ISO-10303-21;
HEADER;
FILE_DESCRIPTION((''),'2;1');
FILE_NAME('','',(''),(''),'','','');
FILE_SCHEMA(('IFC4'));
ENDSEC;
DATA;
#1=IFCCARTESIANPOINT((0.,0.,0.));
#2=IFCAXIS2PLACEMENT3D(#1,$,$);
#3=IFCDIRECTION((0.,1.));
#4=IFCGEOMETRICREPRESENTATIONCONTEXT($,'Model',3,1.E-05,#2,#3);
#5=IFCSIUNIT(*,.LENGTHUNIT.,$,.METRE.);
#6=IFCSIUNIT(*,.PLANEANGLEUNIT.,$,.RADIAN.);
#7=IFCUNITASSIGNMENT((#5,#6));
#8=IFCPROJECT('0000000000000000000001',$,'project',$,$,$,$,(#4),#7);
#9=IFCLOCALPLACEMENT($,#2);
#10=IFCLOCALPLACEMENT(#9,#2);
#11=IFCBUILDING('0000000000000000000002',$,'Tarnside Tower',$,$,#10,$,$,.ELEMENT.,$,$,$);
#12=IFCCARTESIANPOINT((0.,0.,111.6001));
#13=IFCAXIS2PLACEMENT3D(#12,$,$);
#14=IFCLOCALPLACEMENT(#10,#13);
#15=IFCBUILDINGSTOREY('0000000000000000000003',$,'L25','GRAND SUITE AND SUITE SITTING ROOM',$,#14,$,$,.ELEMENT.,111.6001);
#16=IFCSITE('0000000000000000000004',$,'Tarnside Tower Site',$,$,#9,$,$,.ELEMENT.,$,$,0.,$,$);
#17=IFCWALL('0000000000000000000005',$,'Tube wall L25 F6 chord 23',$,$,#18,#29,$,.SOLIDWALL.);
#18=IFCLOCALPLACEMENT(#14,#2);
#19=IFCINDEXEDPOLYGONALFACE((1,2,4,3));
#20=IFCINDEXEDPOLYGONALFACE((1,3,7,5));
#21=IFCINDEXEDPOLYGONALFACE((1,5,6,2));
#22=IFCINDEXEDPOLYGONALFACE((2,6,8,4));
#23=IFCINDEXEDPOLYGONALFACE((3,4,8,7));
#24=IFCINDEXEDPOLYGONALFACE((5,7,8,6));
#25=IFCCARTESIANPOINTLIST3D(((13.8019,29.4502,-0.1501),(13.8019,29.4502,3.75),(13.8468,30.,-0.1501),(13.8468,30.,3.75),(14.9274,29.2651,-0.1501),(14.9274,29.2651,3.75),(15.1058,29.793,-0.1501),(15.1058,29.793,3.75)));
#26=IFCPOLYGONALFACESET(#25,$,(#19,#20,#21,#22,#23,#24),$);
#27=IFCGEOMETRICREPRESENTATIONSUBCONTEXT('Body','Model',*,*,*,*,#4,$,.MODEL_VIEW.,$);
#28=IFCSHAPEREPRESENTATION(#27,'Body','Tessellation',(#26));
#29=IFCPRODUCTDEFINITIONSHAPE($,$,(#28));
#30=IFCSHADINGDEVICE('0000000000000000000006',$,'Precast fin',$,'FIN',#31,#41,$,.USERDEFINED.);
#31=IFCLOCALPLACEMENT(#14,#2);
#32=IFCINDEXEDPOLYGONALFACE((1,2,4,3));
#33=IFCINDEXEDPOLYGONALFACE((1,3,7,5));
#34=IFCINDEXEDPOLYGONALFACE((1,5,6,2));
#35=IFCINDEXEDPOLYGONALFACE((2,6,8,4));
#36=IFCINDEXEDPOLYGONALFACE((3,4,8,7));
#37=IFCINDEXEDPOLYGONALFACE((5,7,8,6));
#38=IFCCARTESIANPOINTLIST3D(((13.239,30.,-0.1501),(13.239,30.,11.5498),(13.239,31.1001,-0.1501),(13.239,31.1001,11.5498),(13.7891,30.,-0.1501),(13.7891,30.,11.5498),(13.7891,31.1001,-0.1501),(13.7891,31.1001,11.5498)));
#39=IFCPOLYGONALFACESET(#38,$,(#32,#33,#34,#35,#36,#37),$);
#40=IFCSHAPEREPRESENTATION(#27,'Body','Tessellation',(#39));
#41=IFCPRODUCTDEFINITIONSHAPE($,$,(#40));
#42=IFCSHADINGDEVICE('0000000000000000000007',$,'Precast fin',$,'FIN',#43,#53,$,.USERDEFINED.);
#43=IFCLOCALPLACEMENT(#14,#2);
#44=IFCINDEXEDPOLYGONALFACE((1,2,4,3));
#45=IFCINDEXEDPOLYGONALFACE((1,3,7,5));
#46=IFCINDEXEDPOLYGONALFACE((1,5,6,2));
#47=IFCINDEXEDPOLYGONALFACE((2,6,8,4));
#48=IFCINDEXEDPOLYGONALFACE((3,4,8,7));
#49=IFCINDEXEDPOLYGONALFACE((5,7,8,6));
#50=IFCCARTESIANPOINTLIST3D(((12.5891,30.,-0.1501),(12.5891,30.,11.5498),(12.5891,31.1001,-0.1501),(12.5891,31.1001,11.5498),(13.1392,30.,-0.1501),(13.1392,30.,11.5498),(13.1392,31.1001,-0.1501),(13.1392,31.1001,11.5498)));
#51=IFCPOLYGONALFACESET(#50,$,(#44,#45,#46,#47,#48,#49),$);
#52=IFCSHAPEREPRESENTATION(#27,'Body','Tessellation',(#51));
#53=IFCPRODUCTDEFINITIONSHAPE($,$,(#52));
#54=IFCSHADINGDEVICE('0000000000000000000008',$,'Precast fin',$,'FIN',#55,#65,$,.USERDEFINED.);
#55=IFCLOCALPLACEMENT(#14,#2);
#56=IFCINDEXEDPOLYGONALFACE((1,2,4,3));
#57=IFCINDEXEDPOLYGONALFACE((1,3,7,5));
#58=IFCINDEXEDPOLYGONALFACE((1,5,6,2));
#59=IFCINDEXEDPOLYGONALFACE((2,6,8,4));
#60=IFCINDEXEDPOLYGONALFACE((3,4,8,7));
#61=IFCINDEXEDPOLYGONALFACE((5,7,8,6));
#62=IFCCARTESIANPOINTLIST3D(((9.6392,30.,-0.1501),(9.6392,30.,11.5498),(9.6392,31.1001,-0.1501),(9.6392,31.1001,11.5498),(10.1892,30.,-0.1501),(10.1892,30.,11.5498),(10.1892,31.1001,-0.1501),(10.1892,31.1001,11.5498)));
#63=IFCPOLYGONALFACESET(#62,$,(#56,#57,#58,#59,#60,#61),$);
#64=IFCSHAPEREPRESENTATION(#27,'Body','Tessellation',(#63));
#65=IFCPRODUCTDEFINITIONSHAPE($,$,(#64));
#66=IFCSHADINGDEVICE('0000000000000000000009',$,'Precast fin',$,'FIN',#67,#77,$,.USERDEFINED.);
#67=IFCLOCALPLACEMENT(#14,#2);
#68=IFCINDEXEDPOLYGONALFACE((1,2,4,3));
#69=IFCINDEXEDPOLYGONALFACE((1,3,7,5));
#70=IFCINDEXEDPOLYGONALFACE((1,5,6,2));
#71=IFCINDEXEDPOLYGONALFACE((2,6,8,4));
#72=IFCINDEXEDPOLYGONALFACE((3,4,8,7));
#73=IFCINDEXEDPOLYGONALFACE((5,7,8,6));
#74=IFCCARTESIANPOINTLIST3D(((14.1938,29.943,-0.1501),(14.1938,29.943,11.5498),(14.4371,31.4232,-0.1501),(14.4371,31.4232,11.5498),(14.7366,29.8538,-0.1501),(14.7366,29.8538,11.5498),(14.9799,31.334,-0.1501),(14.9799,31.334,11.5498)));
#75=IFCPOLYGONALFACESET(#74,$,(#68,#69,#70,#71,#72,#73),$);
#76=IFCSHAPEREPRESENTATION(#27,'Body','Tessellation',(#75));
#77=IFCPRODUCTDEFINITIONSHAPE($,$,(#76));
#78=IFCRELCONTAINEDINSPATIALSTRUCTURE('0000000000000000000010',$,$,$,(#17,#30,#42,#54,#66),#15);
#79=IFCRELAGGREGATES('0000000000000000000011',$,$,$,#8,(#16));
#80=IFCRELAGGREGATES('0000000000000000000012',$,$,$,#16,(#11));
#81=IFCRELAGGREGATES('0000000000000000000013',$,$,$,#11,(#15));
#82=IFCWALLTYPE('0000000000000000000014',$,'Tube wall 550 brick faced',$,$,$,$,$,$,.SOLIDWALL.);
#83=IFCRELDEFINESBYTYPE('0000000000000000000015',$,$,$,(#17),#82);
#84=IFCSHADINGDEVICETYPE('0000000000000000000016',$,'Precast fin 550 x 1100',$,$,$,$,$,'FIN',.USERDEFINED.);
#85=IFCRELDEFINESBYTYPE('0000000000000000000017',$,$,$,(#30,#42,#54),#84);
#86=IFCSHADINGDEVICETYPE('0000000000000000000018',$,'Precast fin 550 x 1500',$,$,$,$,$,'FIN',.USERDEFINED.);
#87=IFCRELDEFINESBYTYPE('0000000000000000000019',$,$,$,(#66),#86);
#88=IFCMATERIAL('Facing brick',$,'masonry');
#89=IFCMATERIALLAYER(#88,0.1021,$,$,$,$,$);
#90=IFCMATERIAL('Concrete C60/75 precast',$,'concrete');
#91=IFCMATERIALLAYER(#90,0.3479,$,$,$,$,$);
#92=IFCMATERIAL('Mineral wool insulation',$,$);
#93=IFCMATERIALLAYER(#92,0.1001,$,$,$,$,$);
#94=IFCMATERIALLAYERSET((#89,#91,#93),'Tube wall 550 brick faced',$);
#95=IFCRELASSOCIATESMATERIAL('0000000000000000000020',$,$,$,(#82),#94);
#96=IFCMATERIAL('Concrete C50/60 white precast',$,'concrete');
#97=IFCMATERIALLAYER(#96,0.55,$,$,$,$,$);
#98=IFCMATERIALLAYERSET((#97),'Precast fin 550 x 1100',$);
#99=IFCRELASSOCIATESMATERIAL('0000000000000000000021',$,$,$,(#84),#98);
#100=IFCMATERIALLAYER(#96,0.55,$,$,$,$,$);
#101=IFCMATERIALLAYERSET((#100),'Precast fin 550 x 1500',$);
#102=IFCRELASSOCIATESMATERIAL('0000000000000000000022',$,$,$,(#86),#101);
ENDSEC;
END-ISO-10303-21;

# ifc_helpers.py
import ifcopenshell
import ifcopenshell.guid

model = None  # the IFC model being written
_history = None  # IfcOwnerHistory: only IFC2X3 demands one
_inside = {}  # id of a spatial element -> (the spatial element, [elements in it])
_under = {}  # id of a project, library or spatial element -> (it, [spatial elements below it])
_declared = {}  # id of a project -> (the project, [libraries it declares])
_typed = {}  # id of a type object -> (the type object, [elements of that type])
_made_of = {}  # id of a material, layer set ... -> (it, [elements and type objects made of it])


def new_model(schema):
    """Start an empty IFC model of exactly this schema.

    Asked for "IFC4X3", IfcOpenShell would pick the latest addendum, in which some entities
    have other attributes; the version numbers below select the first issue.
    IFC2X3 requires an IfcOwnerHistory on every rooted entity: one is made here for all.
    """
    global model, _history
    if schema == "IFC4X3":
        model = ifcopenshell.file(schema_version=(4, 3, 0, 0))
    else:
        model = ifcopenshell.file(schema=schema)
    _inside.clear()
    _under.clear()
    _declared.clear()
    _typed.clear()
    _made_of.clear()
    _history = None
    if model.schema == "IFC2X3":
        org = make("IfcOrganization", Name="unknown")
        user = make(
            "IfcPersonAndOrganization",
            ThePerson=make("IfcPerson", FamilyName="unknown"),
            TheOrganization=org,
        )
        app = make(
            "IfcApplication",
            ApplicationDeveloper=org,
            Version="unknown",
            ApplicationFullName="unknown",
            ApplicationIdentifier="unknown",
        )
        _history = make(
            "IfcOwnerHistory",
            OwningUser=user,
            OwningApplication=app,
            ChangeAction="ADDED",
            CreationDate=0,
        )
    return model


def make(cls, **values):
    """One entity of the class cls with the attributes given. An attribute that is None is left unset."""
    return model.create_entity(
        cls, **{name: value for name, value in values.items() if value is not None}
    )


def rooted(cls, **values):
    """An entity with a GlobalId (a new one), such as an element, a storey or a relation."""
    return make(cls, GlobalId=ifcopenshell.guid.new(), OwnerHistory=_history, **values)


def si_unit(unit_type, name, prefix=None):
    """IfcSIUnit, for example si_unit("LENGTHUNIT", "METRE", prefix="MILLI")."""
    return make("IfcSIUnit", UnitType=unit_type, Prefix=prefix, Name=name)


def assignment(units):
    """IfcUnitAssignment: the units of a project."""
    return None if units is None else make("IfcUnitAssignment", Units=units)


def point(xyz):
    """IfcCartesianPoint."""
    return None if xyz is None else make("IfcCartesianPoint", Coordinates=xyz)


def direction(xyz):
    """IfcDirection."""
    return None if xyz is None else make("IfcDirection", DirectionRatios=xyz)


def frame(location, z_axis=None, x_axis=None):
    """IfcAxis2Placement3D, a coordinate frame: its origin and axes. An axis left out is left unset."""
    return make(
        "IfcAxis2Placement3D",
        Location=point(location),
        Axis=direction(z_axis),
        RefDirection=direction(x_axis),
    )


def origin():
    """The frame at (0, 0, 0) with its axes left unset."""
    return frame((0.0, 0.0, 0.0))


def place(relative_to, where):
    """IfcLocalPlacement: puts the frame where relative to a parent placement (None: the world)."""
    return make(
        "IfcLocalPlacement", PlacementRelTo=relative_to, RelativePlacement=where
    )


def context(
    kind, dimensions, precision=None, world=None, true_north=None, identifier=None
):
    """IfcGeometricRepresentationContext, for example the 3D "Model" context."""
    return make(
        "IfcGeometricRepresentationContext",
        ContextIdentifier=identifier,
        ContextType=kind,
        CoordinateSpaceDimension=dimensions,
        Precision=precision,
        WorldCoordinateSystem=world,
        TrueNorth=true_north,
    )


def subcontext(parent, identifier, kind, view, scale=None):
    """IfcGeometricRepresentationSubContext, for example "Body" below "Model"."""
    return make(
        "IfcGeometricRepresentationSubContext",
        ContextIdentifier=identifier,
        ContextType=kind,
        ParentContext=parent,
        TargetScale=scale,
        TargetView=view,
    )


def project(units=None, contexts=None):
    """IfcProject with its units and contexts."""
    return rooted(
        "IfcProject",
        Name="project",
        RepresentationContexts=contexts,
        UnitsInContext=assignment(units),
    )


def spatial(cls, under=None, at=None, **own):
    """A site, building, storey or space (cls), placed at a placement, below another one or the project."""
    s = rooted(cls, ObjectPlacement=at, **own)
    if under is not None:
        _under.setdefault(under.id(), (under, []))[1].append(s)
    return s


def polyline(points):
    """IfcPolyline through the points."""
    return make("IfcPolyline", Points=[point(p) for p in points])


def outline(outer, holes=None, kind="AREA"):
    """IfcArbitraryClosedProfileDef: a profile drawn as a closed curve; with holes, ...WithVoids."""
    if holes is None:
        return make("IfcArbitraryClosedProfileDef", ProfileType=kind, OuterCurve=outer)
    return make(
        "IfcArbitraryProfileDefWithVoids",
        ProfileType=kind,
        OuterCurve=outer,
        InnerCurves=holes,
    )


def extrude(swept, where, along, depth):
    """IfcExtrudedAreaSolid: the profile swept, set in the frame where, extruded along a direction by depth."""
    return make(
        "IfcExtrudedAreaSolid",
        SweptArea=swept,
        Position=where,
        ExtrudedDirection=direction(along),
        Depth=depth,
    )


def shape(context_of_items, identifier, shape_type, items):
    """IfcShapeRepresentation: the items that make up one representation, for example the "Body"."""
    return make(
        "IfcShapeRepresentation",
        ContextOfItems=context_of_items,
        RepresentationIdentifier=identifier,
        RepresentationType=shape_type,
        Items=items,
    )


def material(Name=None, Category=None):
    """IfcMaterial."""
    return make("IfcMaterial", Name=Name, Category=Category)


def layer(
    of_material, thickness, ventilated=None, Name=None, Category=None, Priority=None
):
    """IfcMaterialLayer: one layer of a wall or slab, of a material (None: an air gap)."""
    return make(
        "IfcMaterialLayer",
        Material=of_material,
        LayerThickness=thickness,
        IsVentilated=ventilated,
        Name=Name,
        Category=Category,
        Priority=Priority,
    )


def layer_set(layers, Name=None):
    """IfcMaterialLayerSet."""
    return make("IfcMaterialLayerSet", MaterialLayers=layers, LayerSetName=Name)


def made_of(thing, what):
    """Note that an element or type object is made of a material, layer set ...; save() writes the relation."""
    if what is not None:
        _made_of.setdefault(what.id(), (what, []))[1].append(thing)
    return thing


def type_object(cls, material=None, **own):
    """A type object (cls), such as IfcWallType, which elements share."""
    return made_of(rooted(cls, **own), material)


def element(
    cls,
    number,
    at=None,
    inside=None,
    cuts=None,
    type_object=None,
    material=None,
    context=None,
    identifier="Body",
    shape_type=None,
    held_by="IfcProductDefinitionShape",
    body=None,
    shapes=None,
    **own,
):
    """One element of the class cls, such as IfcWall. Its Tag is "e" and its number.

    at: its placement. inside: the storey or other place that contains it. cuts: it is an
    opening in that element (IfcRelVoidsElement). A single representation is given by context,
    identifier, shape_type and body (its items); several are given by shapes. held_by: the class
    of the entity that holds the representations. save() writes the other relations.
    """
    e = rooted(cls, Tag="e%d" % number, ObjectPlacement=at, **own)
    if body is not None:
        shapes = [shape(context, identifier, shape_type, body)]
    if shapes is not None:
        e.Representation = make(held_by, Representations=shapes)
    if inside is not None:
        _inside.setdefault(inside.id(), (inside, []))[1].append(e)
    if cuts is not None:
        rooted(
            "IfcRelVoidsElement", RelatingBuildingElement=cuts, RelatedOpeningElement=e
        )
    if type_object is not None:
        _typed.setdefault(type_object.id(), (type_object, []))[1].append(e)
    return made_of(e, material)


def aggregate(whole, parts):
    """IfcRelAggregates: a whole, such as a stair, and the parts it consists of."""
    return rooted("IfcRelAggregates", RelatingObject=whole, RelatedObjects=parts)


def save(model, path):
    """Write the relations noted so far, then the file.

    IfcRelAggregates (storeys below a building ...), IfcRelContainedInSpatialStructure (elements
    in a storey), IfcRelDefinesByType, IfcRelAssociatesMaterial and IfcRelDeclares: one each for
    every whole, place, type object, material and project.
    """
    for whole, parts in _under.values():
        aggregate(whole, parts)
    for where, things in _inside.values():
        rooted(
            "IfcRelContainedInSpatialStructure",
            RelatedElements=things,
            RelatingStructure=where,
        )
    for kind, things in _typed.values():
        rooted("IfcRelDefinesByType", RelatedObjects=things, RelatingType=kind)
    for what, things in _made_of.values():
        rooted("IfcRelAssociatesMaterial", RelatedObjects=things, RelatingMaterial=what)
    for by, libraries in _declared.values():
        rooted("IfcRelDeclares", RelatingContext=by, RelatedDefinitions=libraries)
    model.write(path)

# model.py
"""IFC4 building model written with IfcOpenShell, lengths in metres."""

from ifc_helpers import new_model, si_unit, direction, frame, origin, place, context, subcontext, project, spatial, polyline, outline, extrude, material, layer, layer_set, type_object, element, save


model = new_model("IFC4")

# Units and contexts
model_context = context("Model", 3, precision=1e-05, world=origin(), true_north=direction((0.0, 1.0)))
body_context = subcontext(model_context, "Body", "Model", "MODEL_VIEW")
ifc_project = project(units=[si_unit("LENGTHUNIT", "METRE"), si_unit("PLANEANGLEUNIT", "RADIAN")], contexts=[model_context])

# Site, building, storey
site_placement = place(None, origin())
site = spatial("IfcSite", under=ifc_project, at=site_placement, Name="Tarnside Tower Site", CompositionType="ELEMENT", RefElevation=0.0)
building_placement = place(site_placement, origin())
building = spatial("IfcBuilding", under=site, at=building_placement, Name="Tarnside Tower", CompositionType="ELEMENT")
storey_placement = place(building_placement, frame((0.0, 0.0, 111.6001)))
storey = spatial("IfcBuildingStorey", under=building, at=storey_placement, Name="L25", Description="GRAND SUITE AND SUITE SITTING ROOM", CompositionType="ELEMENT", Elevation=111.6001)

# Shared definitions
ifc_material_1 = material(Name="Facing brick", Category="masonry")
ifc_layer_1 = layer(ifc_material_1, 0.1021)
ifc_material_2 = material(Name="Concrete C60/75 precast", Category="concrete")
ifc_layer_2 = layer(ifc_material_2, 0.3479)
ifc_material_3 = material(Name="Mineral wool insulation")
ifc_layer_3 = layer(ifc_material_3, 0.1001)
ifc_layer_set_1 = layer_set([ifc_layer_1, ifc_layer_2, ifc_layer_3], Name="Tube wall 550 brick faced")
wall_type_1 = type_object("IfcWallType", Name="Tube wall 550 brick faced", PredefinedType="SOLIDWALL", material=ifc_layer_set_1)

# Wall
wall_1_placement = place(storey_placement, frame((15.0166, 29.5291, -0.1501), z_axis=(0.0, 0.0, 1.0), x_axis=(-0.986747, 0.162269, 0.0)))
element("IfcWall", 1, at=wall_1_placement, inside=storey, type_object=wall_type_1, Name="Tube wall L25 F6 chord 23", PredefinedType="SOLIDWALL", context=body_context, shape_type="SweptSolid", body=[
    extrude(outline(polyline([(-0.0452, -0.2749), (1.2307, -0.2749), (1.1858, 0.2749), (0.0452, 0.2749), (-0.0452, -0.2749)])), origin(), (0.0, 0.0, 1.0), 3.9001),
])

# Shading devices
ifc_material_4 = material(Name="Concrete C50/60 white precast", Category="concrete")
ifc_layer_4 = layer(ifc_material_4, 0.55)
ifc_layer_set_2 = layer_set([ifc_layer_4], Name="Precast fin 550 x 1100")
shading_device_type_1 = type_object("IfcShadingDeviceType", Name="Precast fin 550 x 1100", ElementType="FIN", PredefinedType="USERDEFINED", material=ifc_layer_set_2)
for number, where, z_axis, x_axis, name in (
    (2, (13.5139, 30.0, -0.1501), (1.0, 0.0, 0.0), (0.0, 1.0, 0.0), "Precast fin"),
    (3, (12.864, 30.0, -0.1501), (1.0, 0.0, 0.0), (0.0, 1.0, 0.0), "Precast fin"),
    (4, (9.9141, 30.0, -0.1501), (1.0, 0.0, 0.0), (0.0, 1.0, 0.0), "Precast fin"),
):
    element("IfcShadingDevice", number, at=place(storey_placement, frame(where, z_axis=z_axis, x_axis=x_axis)), inside=storey, type_object=shading_device_type_1, Name=name, ObjectType="FIN", PredefinedType="USERDEFINED", context=body_context, shape_type="SweptSolid", body=[
        extrude(outline(polyline([(0.0, 0.0), (1.1001, 0.0), (1.1001, 11.7), (0.0, 11.7), (0.0, 0.0)])), frame((0.0, 0.0, -0.2749)), (0.0, 0.0, 1.0), 0.55),
    ])
ifc_layer_5 = layer(ifc_material_4, 0.55)
ifc_layer_set_3 = layer_set([ifc_layer_5], Name="Precast fin 550 x 1500")
shading_device_type_2 = type_object("IfcShadingDeviceType", Name="Precast fin 550 x 1500", ElementType="FIN", PredefinedType="USERDEFINED", material=ifc_layer_set_3)
shading_device_placement = place(storey_placement, frame((14.4651, 29.8984, -0.1501), z_axis=(0.986762, -0.162178, 0.0), x_axis=(0.162178, 0.986762, 0.0)))
element("IfcShadingDevice", 5, at=shading_device_placement, inside=storey, type_object=shading_device_type_2, Name="Precast fin", ObjectType="FIN", PredefinedType="USERDEFINED", context=body_context, shape_type="SweptSolid", body=[
    extrude(outline(polyline([(0.0, 0.0), (1.5, 0.0), (1.5, 11.7), (0.0, 11.7), (0.0, 0.0)])), frame((0.0, 0.0, -0.2749)), (0.0, 0.0, 1.0), 0.55),
])

save(model, "model.ifc")
